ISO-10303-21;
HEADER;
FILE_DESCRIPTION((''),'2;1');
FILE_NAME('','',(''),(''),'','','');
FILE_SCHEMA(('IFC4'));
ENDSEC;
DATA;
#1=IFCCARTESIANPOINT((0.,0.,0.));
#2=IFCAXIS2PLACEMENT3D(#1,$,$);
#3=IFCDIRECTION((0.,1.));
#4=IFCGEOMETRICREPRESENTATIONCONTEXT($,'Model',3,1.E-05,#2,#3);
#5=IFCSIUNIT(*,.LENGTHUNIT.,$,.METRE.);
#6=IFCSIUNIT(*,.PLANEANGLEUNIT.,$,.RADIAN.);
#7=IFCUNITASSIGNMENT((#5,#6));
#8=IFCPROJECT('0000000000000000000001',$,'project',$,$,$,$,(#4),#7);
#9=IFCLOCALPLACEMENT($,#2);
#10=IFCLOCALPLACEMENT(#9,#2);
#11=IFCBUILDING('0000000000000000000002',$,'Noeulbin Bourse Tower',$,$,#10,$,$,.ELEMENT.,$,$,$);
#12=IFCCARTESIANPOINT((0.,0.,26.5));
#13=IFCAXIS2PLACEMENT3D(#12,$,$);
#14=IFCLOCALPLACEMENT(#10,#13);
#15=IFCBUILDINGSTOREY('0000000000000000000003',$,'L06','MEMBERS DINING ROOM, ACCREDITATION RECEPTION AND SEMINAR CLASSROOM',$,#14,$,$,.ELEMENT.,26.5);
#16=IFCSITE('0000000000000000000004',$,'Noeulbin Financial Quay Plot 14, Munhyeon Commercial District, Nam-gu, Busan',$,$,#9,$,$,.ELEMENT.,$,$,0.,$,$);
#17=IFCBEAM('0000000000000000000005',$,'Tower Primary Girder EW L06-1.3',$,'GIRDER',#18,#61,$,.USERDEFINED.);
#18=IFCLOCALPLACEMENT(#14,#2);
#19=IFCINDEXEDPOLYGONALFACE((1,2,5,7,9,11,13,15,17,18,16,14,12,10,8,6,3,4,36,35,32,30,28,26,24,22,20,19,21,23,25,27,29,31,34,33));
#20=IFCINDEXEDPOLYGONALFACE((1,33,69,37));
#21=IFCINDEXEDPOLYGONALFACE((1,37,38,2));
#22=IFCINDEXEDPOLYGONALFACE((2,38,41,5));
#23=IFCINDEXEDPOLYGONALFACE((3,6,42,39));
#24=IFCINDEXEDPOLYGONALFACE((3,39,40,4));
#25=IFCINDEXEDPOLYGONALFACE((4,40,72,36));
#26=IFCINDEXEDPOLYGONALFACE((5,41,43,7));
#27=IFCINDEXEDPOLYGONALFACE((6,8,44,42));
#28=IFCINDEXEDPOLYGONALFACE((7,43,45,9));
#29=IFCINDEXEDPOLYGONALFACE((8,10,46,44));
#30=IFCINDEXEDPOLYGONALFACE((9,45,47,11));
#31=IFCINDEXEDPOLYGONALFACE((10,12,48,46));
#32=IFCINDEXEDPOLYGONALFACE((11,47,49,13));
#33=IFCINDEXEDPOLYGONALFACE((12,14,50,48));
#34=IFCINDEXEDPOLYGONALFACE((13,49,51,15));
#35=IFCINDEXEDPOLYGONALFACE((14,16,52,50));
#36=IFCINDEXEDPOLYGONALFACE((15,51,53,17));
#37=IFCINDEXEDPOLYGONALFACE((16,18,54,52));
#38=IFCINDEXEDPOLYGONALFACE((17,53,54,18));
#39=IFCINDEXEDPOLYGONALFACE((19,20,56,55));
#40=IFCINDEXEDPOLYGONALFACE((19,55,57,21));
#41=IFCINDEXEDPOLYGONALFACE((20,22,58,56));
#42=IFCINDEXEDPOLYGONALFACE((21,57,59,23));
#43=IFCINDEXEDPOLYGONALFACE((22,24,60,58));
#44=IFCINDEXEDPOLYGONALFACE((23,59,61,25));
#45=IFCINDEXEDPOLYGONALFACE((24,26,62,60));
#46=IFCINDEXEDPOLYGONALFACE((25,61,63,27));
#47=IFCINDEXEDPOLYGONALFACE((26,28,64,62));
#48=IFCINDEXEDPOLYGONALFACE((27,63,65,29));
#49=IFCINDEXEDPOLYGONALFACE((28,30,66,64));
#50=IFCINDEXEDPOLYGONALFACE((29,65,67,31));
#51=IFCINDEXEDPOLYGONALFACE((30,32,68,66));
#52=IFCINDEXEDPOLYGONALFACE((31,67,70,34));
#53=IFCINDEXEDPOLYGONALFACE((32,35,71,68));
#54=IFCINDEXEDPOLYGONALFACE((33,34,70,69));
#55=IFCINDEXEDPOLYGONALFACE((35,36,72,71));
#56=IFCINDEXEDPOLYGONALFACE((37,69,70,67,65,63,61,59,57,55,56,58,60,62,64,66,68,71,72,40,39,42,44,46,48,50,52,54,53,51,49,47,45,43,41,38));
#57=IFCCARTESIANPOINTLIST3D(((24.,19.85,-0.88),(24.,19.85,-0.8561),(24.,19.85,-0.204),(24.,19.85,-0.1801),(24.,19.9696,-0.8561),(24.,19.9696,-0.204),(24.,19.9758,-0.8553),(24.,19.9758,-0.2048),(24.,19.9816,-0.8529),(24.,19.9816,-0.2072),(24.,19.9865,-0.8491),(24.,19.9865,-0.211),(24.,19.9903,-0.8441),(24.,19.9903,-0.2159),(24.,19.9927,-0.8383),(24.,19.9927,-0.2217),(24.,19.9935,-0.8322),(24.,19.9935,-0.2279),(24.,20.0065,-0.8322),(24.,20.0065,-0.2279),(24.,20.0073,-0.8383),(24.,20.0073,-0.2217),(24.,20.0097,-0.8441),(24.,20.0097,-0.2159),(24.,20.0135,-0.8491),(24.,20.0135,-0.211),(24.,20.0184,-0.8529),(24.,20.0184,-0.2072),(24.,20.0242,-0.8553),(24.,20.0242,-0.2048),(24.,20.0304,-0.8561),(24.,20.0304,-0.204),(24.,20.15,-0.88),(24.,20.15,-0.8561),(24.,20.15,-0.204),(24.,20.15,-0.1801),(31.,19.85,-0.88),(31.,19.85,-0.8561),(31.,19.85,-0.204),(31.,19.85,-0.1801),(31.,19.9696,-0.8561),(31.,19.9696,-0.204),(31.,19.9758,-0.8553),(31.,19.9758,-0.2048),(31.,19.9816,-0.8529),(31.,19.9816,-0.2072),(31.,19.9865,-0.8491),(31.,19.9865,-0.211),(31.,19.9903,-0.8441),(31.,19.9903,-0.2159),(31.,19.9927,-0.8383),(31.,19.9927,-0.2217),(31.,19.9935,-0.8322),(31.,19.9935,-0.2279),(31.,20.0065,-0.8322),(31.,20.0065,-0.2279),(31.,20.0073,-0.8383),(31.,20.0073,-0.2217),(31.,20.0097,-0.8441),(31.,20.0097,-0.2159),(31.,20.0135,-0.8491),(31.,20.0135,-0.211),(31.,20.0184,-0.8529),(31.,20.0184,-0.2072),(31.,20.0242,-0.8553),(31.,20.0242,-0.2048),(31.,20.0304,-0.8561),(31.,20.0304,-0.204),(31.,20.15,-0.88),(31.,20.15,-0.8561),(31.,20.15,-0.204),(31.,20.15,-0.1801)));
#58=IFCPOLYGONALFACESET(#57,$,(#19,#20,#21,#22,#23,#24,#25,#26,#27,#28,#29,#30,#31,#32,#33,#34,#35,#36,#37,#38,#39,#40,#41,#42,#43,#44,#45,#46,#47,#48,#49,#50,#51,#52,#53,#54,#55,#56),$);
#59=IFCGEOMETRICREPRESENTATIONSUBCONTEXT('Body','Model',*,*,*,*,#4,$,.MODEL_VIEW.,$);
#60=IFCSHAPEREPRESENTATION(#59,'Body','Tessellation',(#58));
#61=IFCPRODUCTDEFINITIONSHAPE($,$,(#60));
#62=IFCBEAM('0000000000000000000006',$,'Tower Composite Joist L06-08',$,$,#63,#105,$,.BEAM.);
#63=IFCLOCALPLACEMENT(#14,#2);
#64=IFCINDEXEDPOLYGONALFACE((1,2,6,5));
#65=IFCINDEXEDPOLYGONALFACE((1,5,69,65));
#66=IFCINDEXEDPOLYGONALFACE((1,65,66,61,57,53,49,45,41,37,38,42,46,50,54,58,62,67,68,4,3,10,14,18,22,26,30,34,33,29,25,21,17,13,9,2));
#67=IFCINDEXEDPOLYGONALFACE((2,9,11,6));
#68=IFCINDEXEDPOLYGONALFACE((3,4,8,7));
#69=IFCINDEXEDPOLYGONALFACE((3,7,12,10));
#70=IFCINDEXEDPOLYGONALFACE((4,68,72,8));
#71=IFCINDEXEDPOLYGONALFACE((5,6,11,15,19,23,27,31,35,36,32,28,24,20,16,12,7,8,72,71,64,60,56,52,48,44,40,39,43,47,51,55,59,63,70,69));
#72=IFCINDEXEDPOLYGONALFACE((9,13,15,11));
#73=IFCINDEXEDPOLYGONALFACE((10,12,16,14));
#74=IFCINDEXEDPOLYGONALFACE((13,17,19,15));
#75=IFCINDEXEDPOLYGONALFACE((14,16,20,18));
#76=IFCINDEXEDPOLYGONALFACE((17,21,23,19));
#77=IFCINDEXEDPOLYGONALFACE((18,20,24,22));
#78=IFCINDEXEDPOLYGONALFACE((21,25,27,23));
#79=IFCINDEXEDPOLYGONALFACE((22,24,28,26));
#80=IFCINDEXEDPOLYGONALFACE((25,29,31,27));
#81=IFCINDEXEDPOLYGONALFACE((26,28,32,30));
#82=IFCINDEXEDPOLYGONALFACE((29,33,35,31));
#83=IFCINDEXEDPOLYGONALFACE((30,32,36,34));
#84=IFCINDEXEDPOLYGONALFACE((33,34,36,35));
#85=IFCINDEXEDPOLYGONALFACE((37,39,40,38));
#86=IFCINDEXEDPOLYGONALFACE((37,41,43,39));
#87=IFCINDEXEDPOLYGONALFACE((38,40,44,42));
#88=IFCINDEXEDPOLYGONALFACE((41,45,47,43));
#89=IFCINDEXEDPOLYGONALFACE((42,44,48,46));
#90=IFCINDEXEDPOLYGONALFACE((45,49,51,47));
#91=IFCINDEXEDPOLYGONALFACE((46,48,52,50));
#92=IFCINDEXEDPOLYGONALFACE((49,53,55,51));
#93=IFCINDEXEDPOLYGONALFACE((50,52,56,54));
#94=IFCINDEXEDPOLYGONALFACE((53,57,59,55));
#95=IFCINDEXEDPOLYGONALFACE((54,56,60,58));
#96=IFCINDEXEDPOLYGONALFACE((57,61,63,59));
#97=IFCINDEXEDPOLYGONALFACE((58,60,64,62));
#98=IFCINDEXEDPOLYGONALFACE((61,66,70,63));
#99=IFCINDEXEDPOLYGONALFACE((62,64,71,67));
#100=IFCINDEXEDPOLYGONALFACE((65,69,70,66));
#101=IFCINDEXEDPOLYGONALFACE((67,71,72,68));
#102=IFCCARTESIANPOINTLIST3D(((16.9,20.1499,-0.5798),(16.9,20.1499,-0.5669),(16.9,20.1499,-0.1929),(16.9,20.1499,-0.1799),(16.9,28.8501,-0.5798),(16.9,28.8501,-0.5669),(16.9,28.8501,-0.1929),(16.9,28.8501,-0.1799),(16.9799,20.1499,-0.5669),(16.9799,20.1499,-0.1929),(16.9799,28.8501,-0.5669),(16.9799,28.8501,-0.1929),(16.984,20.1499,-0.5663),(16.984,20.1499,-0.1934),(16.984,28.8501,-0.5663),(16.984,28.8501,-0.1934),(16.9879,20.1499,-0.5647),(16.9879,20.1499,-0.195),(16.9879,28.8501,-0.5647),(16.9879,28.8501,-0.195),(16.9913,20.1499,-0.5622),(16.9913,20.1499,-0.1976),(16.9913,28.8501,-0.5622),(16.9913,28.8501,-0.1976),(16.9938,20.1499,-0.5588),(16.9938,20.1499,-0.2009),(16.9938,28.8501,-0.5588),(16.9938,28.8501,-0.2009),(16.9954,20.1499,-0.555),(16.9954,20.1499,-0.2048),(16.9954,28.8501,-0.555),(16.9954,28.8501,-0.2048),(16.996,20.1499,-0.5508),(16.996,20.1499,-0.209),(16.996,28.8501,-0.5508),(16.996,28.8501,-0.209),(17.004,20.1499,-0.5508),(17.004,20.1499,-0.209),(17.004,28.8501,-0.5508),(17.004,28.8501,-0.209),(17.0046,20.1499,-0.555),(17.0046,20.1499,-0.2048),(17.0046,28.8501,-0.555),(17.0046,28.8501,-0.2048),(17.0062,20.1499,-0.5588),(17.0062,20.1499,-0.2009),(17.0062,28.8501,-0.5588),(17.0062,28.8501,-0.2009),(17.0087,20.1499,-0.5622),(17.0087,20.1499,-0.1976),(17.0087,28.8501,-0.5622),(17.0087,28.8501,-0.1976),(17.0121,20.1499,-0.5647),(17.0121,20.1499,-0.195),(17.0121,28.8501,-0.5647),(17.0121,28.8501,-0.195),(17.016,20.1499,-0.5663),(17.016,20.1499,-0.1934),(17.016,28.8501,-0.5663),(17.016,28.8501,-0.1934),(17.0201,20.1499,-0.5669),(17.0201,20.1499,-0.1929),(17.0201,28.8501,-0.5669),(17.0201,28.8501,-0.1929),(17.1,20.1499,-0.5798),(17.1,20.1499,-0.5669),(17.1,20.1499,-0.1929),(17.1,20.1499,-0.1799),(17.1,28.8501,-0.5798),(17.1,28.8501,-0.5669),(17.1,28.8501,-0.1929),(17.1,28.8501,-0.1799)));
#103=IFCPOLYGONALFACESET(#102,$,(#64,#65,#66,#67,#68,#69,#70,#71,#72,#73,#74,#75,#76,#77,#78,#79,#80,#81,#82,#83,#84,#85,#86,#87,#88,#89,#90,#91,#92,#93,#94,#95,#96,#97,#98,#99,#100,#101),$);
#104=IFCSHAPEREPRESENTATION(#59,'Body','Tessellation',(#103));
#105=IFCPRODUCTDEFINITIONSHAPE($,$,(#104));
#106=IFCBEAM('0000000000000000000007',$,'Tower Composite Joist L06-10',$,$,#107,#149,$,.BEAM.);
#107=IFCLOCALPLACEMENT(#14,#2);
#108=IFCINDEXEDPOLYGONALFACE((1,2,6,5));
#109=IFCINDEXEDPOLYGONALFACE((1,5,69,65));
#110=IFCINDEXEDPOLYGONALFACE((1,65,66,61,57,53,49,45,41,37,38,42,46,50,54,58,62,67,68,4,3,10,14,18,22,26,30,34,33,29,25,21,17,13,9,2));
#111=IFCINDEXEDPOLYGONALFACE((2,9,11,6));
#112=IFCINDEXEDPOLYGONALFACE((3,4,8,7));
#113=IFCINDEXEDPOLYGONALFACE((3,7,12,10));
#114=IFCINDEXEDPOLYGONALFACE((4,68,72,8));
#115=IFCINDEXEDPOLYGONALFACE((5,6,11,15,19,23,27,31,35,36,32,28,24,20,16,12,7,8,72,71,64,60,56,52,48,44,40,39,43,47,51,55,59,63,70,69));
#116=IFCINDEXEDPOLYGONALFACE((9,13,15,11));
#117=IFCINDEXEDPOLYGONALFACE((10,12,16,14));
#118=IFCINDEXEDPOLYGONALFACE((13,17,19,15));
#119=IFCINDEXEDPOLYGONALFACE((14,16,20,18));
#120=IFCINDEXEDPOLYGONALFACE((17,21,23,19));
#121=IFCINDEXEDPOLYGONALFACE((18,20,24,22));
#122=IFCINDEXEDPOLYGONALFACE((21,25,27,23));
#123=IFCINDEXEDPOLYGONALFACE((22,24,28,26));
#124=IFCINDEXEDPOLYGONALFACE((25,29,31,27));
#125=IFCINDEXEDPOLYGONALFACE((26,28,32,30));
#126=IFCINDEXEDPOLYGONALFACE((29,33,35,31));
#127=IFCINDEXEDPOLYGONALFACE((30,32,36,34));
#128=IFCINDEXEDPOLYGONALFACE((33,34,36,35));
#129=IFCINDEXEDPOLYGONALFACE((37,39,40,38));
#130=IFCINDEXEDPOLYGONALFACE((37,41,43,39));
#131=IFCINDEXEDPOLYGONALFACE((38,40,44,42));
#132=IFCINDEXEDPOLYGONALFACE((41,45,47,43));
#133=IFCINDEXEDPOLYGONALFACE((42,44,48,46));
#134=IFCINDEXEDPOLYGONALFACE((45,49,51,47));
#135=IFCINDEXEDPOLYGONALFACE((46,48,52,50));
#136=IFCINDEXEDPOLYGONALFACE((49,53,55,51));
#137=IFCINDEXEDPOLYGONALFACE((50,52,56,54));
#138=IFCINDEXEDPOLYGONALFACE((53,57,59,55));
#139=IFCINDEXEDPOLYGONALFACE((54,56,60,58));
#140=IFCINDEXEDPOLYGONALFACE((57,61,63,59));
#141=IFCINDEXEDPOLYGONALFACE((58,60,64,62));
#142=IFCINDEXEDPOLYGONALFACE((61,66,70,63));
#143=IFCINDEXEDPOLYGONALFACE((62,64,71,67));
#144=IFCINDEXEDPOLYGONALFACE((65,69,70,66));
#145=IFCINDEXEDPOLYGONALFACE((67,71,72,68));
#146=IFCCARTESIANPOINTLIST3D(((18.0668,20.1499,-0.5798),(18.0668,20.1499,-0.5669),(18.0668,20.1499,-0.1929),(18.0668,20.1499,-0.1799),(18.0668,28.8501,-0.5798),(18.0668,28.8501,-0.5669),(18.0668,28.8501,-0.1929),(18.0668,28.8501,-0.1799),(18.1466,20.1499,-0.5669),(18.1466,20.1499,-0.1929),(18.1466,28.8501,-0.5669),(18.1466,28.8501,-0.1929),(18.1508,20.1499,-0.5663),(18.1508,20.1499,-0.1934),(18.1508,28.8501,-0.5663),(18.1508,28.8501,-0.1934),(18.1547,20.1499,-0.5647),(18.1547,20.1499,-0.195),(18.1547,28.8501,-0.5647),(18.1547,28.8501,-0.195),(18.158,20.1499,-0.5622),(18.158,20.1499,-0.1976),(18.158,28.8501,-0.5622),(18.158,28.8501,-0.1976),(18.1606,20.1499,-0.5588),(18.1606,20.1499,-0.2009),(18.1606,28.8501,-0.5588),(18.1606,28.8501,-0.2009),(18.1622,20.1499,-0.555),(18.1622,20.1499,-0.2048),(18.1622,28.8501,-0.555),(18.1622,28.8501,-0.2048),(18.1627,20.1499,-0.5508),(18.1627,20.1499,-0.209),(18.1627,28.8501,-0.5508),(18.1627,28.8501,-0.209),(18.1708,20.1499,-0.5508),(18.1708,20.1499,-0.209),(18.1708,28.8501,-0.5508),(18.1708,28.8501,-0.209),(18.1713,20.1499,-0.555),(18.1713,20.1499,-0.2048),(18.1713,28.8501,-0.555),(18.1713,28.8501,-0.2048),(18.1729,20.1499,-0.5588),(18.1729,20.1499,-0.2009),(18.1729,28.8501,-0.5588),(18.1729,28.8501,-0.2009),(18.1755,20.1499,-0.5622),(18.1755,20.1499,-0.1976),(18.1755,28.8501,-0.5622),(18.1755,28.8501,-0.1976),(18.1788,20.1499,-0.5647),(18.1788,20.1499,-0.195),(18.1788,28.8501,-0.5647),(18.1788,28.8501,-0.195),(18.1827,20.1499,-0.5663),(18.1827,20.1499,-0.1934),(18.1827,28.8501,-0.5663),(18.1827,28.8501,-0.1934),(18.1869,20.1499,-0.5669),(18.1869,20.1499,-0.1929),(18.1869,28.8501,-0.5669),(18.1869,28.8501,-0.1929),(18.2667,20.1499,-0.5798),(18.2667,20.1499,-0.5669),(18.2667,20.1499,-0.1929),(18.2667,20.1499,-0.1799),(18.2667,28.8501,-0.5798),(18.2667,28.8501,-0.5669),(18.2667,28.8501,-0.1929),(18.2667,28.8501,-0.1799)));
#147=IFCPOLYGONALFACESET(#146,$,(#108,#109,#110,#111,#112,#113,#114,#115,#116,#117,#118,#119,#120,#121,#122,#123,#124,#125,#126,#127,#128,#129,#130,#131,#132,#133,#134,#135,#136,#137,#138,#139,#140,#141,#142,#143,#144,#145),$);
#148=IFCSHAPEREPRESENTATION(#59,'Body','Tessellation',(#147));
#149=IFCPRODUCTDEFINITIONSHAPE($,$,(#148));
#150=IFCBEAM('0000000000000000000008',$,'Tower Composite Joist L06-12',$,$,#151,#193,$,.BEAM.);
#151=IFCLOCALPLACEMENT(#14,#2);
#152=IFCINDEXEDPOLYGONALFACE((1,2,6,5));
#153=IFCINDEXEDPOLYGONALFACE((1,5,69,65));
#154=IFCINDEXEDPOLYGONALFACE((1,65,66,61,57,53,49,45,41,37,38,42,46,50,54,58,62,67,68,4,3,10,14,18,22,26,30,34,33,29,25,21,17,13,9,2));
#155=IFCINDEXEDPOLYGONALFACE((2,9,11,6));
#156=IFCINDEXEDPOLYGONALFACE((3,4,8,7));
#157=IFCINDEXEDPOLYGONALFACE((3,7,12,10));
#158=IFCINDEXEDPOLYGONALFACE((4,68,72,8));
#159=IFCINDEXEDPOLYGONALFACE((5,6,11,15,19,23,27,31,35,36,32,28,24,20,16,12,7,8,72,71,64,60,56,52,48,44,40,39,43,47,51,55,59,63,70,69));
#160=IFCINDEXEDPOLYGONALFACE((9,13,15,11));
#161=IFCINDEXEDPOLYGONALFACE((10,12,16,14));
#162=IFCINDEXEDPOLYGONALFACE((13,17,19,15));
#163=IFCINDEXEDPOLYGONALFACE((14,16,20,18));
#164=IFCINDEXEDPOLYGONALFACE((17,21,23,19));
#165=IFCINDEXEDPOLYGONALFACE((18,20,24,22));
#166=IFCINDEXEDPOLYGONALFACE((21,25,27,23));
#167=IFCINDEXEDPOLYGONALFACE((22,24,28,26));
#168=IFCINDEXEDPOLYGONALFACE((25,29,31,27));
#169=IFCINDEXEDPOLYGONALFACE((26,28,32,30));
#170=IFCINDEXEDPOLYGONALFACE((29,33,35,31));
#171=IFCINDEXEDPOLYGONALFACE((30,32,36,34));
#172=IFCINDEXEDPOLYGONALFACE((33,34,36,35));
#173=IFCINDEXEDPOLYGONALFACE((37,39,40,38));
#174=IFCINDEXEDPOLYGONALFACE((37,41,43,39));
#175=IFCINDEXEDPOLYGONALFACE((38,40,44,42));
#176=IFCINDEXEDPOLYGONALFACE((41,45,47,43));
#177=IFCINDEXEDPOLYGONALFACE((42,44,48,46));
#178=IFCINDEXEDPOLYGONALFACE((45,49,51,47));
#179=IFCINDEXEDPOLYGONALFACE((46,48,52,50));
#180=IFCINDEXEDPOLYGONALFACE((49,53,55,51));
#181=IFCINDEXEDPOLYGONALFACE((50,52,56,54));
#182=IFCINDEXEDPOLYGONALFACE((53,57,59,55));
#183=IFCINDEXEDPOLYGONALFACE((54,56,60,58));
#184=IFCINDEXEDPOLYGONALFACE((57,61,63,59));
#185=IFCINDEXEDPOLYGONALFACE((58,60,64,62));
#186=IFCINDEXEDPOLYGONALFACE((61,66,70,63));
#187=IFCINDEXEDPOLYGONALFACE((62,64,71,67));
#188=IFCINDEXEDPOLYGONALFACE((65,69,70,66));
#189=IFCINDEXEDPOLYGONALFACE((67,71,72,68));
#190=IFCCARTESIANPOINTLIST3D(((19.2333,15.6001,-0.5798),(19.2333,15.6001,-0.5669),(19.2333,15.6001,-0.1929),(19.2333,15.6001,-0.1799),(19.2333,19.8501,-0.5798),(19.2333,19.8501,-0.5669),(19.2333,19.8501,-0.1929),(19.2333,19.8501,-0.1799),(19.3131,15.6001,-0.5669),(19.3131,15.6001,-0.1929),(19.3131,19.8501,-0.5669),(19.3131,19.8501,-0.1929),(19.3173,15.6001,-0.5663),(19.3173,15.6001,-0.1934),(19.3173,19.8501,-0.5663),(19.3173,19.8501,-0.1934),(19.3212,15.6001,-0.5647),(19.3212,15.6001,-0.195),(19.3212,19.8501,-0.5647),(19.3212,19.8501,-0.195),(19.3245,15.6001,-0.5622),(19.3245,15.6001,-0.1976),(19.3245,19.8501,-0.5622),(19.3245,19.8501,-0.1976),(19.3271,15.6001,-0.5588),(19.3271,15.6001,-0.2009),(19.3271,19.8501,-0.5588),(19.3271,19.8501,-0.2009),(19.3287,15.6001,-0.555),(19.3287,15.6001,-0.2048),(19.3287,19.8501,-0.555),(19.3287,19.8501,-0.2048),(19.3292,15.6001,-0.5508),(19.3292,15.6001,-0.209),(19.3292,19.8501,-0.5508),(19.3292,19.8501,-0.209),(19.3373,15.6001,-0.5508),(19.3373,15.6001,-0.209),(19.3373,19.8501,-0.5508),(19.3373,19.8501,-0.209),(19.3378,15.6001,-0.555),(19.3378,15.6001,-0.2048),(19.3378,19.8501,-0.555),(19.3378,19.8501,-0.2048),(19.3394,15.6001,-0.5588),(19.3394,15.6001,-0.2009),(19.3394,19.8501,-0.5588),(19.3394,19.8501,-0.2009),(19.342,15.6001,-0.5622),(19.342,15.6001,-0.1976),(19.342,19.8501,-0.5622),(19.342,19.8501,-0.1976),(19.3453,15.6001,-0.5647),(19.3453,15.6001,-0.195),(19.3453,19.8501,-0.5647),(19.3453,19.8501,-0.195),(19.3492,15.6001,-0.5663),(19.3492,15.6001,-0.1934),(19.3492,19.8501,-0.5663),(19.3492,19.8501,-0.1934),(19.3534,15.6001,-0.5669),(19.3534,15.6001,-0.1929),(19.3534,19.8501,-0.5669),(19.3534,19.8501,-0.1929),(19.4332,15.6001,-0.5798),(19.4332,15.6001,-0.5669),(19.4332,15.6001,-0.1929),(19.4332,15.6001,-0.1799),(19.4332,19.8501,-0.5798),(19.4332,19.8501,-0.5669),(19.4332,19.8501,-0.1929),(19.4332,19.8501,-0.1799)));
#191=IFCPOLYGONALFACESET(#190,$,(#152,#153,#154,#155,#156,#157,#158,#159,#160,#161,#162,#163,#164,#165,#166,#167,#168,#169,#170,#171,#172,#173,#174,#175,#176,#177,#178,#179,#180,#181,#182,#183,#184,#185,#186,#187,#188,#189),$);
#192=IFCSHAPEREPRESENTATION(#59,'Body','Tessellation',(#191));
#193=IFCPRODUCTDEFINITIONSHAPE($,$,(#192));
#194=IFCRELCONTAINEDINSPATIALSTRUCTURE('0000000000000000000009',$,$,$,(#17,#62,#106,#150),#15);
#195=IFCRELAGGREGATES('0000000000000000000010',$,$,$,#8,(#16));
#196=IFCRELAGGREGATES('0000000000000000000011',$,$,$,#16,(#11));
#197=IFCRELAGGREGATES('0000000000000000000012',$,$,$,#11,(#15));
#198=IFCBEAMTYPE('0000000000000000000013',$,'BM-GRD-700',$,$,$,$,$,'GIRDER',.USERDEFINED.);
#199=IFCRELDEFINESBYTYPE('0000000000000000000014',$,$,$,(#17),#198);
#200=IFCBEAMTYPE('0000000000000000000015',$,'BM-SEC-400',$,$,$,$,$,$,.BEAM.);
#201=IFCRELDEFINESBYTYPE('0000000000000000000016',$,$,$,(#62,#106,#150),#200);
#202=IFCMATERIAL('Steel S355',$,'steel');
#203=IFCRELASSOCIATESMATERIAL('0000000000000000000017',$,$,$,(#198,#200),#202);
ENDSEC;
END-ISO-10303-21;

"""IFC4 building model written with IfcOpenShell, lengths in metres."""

from ifc_helpers import new_model, si_unit, direction, frame, origin, origin_2d, place, context, subcontext, project, spatial, i_section, extrude, material, material_profile, profile_set, type_object, element, save


model = new_model("IFC4")

# Units and contexts
model_context = context("Model", 3, precision=1e-05, world=origin(), true_north=direction((0.0, 1.0)))
body_context = subcontext(model_context, "Body", "Model", "MODEL_VIEW")
ifc_project = project(units=[si_unit("LENGTHUNIT", "METRE"), si_unit("PLANEANGLEUNIT", "RADIAN")], contexts=[model_context])

# Site, building, storey
site_placement = place(None, origin())
site = spatial("IfcSite", under=ifc_project, at=site_placement, Name="Noeulbin Financial Quay Plot 14, Munhyeon Commercial District, Nam-gu, Busan", CompositionType="ELEMENT", RefElevation=0.0)
building_placement = place(site_placement, origin())
building = spatial("IfcBuilding", under=site, at=building_placement, Name="Noeulbin Bourse Tower", CompositionType="ELEMENT")
storey_placement = place(building_placement, frame((0.0, 0.0, 26.5)))
storey = spatial("IfcBuildingStorey", under=building, at=storey_placement, Name="L06", Description="MEMBERS DINING ROOM, ACCREDITATION RECEPTION AND SEMINAR CLASSROOM", CompositionType="ELEMENT", Elevation=26.5)

# Beams
ifc_material_1 = material(Name="Steel S355", Category="steel")
ifc_material_profile_1 = material_profile(ifc_material_1, i_section(OverallWidth=0.3, OverallDepth=0.7, WebThickness=0.0129, FlangeThickness=0.0239, FilletRadius=0.0239, at=origin_2d()), Name="H-700x300x13x24", Category="LoadBearing")
ifc_profile_set_1 = profile_set([ifc_material_profile_1], Name="Steel S355")
beam_type_1 = type_object("IfcBeamType", Name="BM-GRD-700", ElementType="GIRDER", PredefinedType="USERDEFINED", material=ifc_profile_set_1)
beam_1_placement = place(storey_placement, frame((24.0, 20.0, -0.53), z_axis=(1.0, 0.0, 0.0), x_axis=(0.0, 1.0, 0.0)))
element("IfcBeam", 1, at=beam_1_placement, inside=storey, type_object=beam_type_1, Name="Tower Primary Girder EW L06-1.3", ObjectType="GIRDER", PredefinedType="USERDEFINED", context=body_context, shape_type="SweptSolid", body=[
    extrude(i_section(OverallWidth=0.3, OverallDepth=0.7, WebThickness=0.0129, FlangeThickness=0.0239, FilletRadius=0.0239, at=origin_2d()), origin(), (0.0, 0.0, 1.0), 7.0),
])
ifc_material_profile_2 = material_profile(ifc_material_1, i_section(OverallWidth=0.2, OverallDepth=0.3999, WebThickness=0.0081, FlangeThickness=0.0129, FilletRadius=0.0161, at=origin_2d()), Name="H-400x200x8x13", Category="LoadBearing")
ifc_profile_set_2 = profile_set([ifc_material_profile_2], Name="Steel S355")
beam_type_2 = type_object("IfcBeamType", Name="BM-SEC-400", PredefinedType="BEAM", material=ifc_profile_set_2)
for number, where, z_axis, x_axis, name in (
    (2, (17.0, 20.1499, -0.3799), (0.0, 1.0, 0.0), (-1.0, 0.0, 0.0), "Tower Composite Joist L06-08"),
    (3, (18.1667, 20.1499, -0.3799), (0.0, 1.0, 0.0), (-1.0, 0.0, 0.0), "Tower Composite Joist L06-10"),
):
    element("IfcBeam", number, at=place(storey_placement, frame(where, z_axis=z_axis, x_axis=x_axis)), inside=storey, type_object=beam_type_2, Name=name, PredefinedType="BEAM", context=body_context, shape_type="SweptSolid", body=[
        extrude(i_section(OverallWidth=0.2, OverallDepth=0.3999, WebThickness=0.0081, FlangeThickness=0.0129, FilletRadius=0.0161, at=origin_2d()), origin(), (0.0, 0.0, 1.0), 8.7002),
    ])
beam_2_placement = place(storey_placement, frame((19.3333, 15.6001, -0.3799), z_axis=(0.0, 1.0, 0.0), x_axis=(-1.0, 0.0, 0.0)))
element("IfcBeam", 4, at=beam_2_placement, inside=storey, type_object=beam_type_2, Name="Tower Composite Joist L06-12", PredefinedType="BEAM", context=body_context, shape_type="SweptSolid", body=[
    extrude(i_section(OverallWidth=0.2, OverallDepth=0.3999, WebThickness=0.0081, FlangeThickness=0.0129, FilletRadius=0.0161, at=origin_2d()), origin(), (0.0, 0.0, 1.0), 4.25),
])

save(model, "model.ifc")
